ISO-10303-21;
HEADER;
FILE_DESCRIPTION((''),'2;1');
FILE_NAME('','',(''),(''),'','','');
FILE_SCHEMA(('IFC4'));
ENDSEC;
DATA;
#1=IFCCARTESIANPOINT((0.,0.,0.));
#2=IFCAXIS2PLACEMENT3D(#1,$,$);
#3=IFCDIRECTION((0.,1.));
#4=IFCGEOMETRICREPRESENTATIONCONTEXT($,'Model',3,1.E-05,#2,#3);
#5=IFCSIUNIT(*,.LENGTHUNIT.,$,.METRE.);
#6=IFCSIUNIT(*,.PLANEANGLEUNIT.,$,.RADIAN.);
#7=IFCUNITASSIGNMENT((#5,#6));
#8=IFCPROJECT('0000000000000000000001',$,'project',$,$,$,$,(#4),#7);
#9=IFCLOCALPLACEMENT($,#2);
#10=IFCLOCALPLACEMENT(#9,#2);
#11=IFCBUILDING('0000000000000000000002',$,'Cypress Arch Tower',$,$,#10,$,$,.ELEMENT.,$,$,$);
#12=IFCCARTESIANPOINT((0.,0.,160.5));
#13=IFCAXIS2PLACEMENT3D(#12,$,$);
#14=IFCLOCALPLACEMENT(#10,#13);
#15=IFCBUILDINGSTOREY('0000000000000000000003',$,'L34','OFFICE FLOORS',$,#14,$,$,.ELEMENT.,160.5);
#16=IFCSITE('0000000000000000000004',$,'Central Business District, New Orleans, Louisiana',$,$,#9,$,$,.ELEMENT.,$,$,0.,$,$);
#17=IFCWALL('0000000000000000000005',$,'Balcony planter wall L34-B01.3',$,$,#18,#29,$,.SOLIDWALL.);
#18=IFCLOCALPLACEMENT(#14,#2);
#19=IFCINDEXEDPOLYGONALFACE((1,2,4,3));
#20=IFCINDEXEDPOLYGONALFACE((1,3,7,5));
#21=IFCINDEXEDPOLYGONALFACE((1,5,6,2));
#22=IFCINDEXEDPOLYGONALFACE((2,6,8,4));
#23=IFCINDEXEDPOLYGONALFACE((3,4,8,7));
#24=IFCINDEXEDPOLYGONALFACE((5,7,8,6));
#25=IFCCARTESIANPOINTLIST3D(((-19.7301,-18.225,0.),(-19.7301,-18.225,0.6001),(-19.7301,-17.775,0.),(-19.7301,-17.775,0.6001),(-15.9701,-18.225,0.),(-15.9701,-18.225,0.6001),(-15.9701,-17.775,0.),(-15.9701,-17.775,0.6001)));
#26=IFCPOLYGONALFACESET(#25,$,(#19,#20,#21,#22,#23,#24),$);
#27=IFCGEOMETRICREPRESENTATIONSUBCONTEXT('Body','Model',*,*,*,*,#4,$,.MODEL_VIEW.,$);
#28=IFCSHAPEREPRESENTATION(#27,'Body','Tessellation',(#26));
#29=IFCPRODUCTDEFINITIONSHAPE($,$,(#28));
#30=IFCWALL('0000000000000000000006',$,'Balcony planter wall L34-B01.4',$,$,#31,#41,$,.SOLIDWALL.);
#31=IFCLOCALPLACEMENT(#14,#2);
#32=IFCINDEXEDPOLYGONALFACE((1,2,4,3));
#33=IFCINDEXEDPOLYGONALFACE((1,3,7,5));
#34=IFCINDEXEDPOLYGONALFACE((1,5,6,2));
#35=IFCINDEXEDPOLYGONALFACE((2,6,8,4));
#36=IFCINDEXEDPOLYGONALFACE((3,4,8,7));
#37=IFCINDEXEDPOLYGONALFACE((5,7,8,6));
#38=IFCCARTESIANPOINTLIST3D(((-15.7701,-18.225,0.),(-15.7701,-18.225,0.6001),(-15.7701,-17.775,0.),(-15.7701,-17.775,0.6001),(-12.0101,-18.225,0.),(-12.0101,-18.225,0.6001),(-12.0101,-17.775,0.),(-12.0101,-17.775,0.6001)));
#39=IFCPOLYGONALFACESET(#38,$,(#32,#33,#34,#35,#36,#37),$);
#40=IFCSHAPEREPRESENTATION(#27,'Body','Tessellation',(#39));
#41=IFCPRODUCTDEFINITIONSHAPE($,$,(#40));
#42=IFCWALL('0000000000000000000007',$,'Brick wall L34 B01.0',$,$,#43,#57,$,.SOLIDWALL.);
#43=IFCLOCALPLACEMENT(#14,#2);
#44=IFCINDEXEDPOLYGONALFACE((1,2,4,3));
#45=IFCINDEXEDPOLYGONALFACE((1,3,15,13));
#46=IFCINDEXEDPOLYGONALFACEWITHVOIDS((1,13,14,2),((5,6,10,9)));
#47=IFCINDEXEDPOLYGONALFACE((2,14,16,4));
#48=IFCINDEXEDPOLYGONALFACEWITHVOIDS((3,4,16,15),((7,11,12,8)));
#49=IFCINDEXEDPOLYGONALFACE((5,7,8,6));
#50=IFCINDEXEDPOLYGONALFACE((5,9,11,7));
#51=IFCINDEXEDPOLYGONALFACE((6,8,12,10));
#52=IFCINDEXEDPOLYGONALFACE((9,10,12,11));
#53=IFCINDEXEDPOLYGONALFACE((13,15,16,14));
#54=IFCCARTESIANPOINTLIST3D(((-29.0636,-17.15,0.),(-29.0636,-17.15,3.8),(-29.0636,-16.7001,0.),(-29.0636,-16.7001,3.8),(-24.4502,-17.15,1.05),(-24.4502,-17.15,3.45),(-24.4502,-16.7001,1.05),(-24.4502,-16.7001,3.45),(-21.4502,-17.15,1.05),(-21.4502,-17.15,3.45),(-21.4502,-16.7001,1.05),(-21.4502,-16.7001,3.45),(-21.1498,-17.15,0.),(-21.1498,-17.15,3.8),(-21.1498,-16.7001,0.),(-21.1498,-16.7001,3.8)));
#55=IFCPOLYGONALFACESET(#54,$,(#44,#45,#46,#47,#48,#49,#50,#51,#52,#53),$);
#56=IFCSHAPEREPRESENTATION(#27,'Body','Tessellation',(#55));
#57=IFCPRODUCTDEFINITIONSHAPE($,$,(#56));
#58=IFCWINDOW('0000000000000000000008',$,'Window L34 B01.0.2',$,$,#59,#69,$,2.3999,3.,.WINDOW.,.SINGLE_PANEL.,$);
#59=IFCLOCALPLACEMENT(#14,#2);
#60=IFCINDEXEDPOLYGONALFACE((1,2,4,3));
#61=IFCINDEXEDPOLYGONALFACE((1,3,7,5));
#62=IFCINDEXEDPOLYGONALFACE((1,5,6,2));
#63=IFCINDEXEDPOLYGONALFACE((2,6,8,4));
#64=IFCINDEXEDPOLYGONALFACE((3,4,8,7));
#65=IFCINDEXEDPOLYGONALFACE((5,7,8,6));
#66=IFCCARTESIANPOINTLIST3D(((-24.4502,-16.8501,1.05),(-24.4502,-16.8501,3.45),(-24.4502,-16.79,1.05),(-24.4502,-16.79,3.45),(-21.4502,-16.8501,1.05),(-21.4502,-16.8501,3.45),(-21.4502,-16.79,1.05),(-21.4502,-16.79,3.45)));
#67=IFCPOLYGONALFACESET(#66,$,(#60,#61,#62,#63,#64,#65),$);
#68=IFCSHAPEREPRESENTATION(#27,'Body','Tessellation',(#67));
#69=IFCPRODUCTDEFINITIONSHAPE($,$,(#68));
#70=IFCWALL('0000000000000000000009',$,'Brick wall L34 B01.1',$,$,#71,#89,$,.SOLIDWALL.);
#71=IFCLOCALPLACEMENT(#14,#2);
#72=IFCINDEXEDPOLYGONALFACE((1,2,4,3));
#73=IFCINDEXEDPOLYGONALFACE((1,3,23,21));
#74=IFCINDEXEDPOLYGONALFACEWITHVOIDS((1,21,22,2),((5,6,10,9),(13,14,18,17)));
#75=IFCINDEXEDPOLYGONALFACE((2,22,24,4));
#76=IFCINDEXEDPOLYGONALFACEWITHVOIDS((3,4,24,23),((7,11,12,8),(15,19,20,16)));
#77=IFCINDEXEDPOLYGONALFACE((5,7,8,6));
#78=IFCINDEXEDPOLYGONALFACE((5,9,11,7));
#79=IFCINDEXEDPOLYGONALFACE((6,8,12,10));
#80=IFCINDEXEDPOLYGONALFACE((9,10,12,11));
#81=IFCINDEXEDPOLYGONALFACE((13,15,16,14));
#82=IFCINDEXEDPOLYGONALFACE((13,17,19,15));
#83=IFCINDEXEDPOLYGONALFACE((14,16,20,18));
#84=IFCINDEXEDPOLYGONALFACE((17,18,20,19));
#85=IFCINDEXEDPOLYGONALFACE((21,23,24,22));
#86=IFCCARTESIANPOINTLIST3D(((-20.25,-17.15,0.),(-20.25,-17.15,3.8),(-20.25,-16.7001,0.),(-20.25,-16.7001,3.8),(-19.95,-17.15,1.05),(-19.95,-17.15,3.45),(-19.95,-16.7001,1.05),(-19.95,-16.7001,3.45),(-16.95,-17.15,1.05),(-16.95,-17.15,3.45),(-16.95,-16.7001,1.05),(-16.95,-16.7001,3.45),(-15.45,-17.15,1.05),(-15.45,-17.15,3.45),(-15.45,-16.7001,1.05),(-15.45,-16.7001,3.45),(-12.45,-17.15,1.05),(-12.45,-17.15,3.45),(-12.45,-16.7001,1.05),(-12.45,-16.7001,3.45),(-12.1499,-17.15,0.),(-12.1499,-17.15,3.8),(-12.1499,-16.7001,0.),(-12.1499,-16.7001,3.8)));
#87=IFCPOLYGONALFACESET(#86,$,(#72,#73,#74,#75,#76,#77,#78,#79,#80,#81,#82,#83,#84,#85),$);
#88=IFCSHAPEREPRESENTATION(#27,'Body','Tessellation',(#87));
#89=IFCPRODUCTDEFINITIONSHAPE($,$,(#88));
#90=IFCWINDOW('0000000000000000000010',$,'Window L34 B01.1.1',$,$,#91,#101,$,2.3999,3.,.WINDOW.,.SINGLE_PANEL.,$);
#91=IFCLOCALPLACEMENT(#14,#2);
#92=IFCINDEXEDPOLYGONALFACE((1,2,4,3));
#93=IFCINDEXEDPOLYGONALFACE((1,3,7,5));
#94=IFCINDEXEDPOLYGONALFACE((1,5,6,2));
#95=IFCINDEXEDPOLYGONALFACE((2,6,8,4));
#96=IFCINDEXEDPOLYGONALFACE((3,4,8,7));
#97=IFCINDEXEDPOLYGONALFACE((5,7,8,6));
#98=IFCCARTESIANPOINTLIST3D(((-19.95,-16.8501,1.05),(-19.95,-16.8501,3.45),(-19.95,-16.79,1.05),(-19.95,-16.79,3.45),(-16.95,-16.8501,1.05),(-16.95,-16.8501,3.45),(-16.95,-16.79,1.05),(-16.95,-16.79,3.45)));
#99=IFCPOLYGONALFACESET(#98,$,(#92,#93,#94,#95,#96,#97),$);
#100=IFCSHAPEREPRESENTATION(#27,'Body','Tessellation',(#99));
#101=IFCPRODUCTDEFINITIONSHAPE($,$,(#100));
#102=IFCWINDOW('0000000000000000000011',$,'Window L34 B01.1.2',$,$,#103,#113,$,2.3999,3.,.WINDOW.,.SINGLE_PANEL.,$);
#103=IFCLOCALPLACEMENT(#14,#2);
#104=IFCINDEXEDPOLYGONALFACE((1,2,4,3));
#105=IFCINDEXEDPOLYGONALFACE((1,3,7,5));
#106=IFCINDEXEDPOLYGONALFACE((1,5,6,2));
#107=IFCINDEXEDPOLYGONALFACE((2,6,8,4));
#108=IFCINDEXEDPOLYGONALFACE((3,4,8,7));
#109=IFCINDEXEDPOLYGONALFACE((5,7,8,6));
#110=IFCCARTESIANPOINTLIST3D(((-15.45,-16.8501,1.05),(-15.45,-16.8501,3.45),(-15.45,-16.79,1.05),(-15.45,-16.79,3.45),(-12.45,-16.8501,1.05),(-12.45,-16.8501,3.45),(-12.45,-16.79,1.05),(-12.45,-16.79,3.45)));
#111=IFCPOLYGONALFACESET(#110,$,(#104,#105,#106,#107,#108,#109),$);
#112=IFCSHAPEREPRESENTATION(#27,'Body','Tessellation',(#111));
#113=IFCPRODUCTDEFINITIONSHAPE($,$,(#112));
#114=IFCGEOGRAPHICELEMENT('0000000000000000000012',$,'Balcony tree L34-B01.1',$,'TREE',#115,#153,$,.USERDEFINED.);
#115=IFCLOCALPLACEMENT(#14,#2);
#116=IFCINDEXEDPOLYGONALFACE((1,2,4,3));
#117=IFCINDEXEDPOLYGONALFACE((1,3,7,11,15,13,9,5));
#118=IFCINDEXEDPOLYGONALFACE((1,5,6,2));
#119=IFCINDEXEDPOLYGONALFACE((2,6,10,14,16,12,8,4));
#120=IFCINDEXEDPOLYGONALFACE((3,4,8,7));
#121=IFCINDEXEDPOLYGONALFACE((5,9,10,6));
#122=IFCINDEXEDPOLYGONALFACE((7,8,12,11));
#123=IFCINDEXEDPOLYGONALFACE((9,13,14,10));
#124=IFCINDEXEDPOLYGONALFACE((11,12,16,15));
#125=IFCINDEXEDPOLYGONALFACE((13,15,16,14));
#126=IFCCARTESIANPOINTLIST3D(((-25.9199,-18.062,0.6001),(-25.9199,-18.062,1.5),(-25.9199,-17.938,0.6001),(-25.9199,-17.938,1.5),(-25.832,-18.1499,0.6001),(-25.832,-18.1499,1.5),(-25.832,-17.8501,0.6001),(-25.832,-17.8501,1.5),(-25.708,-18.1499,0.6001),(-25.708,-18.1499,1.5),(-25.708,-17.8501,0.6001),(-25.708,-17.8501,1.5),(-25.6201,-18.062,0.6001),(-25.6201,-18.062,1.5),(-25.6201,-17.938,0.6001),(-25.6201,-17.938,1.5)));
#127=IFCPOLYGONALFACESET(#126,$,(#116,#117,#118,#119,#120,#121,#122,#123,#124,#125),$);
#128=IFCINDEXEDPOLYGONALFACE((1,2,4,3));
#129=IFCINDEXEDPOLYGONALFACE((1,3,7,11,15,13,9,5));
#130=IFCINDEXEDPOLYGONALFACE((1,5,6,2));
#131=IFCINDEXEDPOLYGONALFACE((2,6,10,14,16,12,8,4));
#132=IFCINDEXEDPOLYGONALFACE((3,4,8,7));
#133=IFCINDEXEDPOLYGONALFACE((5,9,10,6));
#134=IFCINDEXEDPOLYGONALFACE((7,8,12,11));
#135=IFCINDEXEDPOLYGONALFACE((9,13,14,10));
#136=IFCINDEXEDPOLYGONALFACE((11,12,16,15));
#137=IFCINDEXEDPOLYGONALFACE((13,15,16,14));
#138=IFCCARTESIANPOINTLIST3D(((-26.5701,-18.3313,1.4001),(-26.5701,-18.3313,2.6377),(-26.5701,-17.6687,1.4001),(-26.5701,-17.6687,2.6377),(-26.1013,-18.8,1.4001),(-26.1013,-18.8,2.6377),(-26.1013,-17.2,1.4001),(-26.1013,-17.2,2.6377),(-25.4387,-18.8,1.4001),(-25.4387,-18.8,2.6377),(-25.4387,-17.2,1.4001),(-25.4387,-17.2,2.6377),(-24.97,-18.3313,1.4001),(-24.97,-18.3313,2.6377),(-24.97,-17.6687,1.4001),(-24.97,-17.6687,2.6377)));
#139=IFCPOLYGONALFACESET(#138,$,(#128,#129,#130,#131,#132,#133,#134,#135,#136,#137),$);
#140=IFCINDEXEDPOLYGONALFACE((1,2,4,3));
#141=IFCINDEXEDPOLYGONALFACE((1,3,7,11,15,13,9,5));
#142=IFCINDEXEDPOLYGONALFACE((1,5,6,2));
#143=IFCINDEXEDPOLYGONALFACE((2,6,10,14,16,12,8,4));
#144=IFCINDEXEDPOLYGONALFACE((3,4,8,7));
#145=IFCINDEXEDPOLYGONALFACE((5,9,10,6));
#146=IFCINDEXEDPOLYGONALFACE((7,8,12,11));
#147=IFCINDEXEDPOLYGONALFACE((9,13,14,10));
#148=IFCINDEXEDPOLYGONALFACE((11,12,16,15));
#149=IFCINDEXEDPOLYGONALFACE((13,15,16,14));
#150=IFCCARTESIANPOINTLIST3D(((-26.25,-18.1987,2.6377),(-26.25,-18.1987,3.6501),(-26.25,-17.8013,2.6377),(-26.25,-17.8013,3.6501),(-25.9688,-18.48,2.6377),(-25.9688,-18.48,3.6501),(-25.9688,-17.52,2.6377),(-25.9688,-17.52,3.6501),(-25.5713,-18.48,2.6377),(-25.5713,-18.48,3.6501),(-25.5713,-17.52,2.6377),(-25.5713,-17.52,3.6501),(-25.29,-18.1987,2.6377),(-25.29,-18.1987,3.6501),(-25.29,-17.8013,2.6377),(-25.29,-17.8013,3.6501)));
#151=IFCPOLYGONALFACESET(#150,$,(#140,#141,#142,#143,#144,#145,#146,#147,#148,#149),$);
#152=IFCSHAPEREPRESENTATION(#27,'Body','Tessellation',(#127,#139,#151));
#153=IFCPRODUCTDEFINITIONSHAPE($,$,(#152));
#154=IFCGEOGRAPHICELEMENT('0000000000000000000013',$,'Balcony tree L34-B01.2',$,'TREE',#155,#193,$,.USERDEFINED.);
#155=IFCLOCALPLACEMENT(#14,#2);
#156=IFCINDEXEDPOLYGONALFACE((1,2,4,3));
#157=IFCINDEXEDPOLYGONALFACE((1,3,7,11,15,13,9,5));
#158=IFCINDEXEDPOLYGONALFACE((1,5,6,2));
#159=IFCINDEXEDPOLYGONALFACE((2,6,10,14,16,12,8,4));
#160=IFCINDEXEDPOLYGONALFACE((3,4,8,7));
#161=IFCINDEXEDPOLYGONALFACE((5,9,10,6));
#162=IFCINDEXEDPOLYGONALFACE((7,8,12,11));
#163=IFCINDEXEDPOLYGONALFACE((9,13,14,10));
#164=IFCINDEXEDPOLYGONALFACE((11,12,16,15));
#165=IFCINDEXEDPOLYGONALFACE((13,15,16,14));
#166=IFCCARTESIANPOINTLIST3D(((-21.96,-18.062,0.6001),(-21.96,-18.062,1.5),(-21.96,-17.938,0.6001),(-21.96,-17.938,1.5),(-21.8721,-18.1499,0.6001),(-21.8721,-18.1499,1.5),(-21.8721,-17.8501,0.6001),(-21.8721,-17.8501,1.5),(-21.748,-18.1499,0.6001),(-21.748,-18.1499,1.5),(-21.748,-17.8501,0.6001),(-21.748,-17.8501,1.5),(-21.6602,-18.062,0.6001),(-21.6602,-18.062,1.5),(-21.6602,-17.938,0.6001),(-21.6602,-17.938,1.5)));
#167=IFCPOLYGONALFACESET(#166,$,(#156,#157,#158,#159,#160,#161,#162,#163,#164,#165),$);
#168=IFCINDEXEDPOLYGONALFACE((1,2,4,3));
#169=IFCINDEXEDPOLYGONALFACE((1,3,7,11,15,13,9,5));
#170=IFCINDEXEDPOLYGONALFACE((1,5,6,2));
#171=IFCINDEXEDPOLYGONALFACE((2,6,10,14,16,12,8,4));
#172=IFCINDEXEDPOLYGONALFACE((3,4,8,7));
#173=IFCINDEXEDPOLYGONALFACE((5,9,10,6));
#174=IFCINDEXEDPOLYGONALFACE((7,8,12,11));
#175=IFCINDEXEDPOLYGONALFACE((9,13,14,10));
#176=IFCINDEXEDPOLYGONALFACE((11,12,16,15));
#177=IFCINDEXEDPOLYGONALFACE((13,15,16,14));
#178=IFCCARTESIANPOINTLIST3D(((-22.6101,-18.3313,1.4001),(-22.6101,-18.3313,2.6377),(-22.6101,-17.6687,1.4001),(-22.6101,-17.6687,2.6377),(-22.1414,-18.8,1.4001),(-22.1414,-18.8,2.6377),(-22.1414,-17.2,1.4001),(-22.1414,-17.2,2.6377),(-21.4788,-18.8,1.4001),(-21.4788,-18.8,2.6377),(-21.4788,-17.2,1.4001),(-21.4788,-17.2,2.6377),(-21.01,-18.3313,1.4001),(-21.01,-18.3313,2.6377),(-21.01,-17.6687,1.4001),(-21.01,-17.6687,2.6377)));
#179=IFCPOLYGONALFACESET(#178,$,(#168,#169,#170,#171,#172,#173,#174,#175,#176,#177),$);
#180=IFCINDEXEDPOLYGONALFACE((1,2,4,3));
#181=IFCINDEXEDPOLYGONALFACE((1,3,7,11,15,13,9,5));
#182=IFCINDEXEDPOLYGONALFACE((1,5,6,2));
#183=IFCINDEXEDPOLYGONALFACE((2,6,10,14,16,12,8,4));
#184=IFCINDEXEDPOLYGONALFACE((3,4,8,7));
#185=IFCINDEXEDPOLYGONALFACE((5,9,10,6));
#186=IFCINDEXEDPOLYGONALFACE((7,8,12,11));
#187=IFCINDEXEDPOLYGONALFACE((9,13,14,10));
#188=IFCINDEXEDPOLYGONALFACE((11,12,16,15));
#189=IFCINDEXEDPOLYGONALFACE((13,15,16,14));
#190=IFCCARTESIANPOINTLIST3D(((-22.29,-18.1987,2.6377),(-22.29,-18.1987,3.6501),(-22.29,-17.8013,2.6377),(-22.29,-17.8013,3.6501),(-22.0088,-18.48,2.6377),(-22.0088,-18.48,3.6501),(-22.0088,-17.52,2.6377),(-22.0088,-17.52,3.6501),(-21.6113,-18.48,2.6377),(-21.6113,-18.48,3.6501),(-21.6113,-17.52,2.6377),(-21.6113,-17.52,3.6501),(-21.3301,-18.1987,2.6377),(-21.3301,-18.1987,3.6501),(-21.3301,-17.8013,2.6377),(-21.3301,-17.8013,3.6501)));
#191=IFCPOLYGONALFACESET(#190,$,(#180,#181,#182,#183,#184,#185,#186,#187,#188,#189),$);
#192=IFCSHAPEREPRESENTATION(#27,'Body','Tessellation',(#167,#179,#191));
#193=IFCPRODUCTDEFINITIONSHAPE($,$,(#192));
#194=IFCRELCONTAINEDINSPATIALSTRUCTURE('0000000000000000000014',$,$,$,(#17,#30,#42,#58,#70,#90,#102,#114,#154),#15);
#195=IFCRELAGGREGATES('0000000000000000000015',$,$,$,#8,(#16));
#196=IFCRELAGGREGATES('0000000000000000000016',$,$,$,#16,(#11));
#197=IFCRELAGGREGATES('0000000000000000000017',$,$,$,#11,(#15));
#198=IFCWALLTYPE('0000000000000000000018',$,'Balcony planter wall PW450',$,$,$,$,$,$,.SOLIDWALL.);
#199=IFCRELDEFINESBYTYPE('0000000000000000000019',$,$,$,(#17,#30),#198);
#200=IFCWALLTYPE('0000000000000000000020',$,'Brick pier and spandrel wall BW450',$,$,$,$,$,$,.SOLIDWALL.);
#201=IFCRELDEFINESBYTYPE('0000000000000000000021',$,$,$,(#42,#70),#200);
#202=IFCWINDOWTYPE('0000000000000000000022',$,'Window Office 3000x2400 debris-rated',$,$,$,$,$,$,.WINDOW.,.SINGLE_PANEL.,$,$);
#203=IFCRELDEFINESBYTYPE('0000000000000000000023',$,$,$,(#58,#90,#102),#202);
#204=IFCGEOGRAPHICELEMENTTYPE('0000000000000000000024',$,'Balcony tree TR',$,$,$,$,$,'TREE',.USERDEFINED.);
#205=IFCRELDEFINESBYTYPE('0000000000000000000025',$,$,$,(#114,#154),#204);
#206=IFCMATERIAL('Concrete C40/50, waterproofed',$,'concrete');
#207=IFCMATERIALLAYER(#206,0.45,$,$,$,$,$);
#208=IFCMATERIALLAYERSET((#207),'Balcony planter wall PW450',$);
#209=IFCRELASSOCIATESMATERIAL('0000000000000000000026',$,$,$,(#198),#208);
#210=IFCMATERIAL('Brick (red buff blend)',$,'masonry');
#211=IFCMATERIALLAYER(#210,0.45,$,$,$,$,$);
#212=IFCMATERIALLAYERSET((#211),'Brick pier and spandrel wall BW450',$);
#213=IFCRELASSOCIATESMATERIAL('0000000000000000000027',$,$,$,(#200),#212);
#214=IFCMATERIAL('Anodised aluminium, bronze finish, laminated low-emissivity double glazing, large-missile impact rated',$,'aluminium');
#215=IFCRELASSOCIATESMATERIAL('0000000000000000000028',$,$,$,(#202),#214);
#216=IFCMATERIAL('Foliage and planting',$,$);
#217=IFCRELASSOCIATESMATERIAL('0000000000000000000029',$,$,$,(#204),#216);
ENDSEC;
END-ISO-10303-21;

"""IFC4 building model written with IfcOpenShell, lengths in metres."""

from ifc_helpers import new_model, si_unit, direction, frame, frame_2d, origin, place, context, subcontext, project, spatial, polyline, rectangle, outline, extrude, material, layer, layer_set, type_object, element, fill, save


model = new_model("IFC4")

# Units and contexts
model_context = context("Model", 3, precision=1e-05, world=origin(), true_north=direction((0.0, 1.0)))
body_context = subcontext(model_context, "Body", "Model", "MODEL_VIEW")
ifc_project = project(units=[si_unit("LENGTHUNIT", "METRE"), si_unit("PLANEANGLEUNIT", "RADIAN")], contexts=[model_context])

# Site, building, storey
site_placement = place(None, origin())
site = spatial("IfcSite", under=ifc_project, at=site_placement, Name="Central Business District, New Orleans, Louisiana", CompositionType="ELEMENT", RefElevation=0.0)
building_placement = place(site_placement, origin())
building = spatial("IfcBuilding", under=site, at=building_placement, Name="Cypress Arch Tower", CompositionType="ELEMENT")
storey_placement = place(building_placement, frame((0.0, 0.0, 160.5)))
storey = spatial("IfcBuildingStorey", under=building, at=storey_placement, Name="L34", Description="OFFICE FLOORS", CompositionType="ELEMENT", Elevation=160.5)

# Walls
ifc_material_1 = material(Name="Concrete C40/50, waterproofed", Category="concrete")
ifc_layer_1 = layer(ifc_material_1, 0.45)
ifc_layer_set_1 = layer_set([ifc_layer_1], Name="Balcony planter wall PW450")
wall_type_1 = type_object("IfcWallType", Name="Balcony planter wall PW450", PredefinedType="SOLIDWALL", material=ifc_layer_set_1)
for number, where, z_axis, x_axis, name in (
    (1, (-19.73, -18.0, 0.0), (0.0, 0.0, 1.0), (1.0, 0.0, 0.0), "Balcony planter wall L34-B01.3"),
    (2, (-15.77, -18.0, 0.0), (0.0, 0.0, 1.0), (1.0, 0.0, 0.0), "Balcony planter wall L34-B01.4"),
):
    element("IfcWall", number, at=place(storey_placement, frame(where, z_axis=z_axis, x_axis=x_axis)), inside=storey, type_object=wall_type_1, Name=name, PredefinedType="SOLIDWALL", context=body_context, shape_type="SweptSolid", body=[
        extrude(rectangle(XDim=3.76, YDim=0.45, at=frame_2d((1.8799, 0.0))), origin(), (0.0, 0.0, 1.0), 0.6001),
    ])

# Wall, opening, window
ifc_material_2 = material(Name="Brick (red buff blend)", Category="masonry")
ifc_layer_2 = layer(ifc_material_2, 0.45)
ifc_layer_set_2 = layer_set([ifc_layer_2], Name="Brick pier and spandrel wall BW450")
wall_type_2 = type_object("IfcWallType", Name="Brick pier and spandrel wall BW450", PredefinedType="SOLIDWALL", material=ifc_layer_set_2)
wall_1_placement = place(storey_placement, frame((-29.0637, -16.925, 0.0), z_axis=(0.0, 0.0, 1.0), x_axis=(1.0, 0.0, 0.0)))
wall_1 = element("IfcWall", 3, at=wall_1_placement, inside=storey, type_object=wall_type_2, Name="Brick wall L34 B01.0", PredefinedType="SOLIDWALL", context=body_context, shape_type="SweptSolid", body=[
    extrude(rectangle(XDim=7.9138, YDim=0.45, at=frame_2d((3.957, 0.0))), origin(), (0.0, 0.0, 1.0), 3.8),
])
opening_1_placement = place(wall_1_placement, frame((4.6135, 0.0, 1.05)))
opening_1 = element("IfcOpeningElement", 4, at=opening_1_placement, cuts=wall_1, PredefinedType="OPENING", context=body_context, shape_type="SweptSolid", body=[
    extrude(rectangle(XDim=3.0, YDim=2.3999, at=frame_2d((1.5, 1.2))), frame((0.0, 0.2349, 0.0), z_axis=(0.0, -1.0, 0.0), x_axis=(1.0, 0.0, 0.0)), (0.0, 0.0, 1.0), 0.47),
])
ifc_material_3 = material(Name="Anodised aluminium, bronze finish, laminated low-emissivity double glazing, large-missile impact rated", Category="aluminium")
window_type = type_object("IfcWindowType", Name="Window Office 3000x2400 debris-rated", PartitioningType="SINGLE_PANEL", PredefinedType="WINDOW", material=ifc_material_3)
window_1_placement = place(opening_1_placement, origin())
window_1 = element("IfcWindow", 5, at=window_1_placement, inside=storey, type_object=window_type, Name="Window L34 B01.0.2", OverallHeight=2.3999, OverallWidth=3.0, PartitioningType="SINGLE_PANEL", PredefinedType="WINDOW", context=body_context, shape_type="SweptSolid", body=[
    extrude(rectangle(XDim=3.0, YDim=2.3999, at=frame_2d((1.5, 1.2))), frame((0.0, 0.135, 0.0), z_axis=(0.0, -1.0, 0.0), x_axis=(1.0, 0.0, 0.0)), (0.0, 0.0, 1.0), 0.0601),
])
fill(opening_1, window_1)

# Wall, openings, windows
wall_2_placement = place(storey_placement, frame((-20.25, -16.925, 0.0), z_axis=(0.0, 0.0, 1.0), x_axis=(1.0, 0.0, 0.0)))
wall_2 = element("IfcWall", 6, at=wall_2_placement, inside=storey, type_object=wall_type_2, Name="Brick wall L34 B01.1", PredefinedType="SOLIDWALL", context=body_context, shape_type="SweptSolid", body=[
    extrude(rectangle(XDim=8.1001, YDim=0.45, at=frame_2d((4.05, 0.0))), origin(), (0.0, 0.0, 1.0), 3.8),
])
opening_2_placement = place(wall_2_placement, frame((0.3, 0.0, 1.05)))
opening_2 = element("IfcOpeningElement", 7, at=opening_2_placement, cuts=wall_2, PredefinedType="OPENING", context=body_context, shape_type="SweptSolid", body=[
    extrude(rectangle(XDim=3.0, YDim=2.3999, at=frame_2d((1.5, 1.2))), frame((0.0, 0.2349, 0.0), z_axis=(0.0, -1.0, 0.0), x_axis=(1.0, 0.0, 0.0)), (0.0, 0.0, 1.0), 0.47),
])
opening_3_placement = place(wall_2_placement, frame((4.8, 0.0, 1.05)))
opening_3 = element("IfcOpeningElement", 8, at=opening_3_placement, cuts=wall_2, PredefinedType="OPENING", context=body_context, shape_type="SweptSolid", body=[
    extrude(rectangle(XDim=3.0, YDim=2.3999, at=frame_2d((1.5, 1.2))), frame((0.0, 0.2349, 0.0), z_axis=(0.0, -1.0, 0.0), x_axis=(1.0, 0.0, 0.0)), (0.0, 0.0, 1.0), 0.47),
])
window_2_placement = place(opening_2_placement, origin())
window_2 = element("IfcWindow", 9, at=window_2_placement, inside=storey, type_object=window_type, Name="Window L34 B01.1.1", OverallHeight=2.3999, OverallWidth=3.0, PartitioningType="SINGLE_PANEL", PredefinedType="WINDOW", context=body_context, shape_type="SweptSolid", body=[
    extrude(rectangle(XDim=3.0, YDim=2.3999, at=frame_2d((1.5, 1.2))), frame((0.0, 0.135, 0.0), z_axis=(0.0, -1.0, 0.0), x_axis=(1.0, 0.0, 0.0)), (0.0, 0.0, 1.0), 0.0601),
])
fill(opening_2, window_2)
window_3_placement = place(opening_3_placement, origin())
window_3 = element("IfcWindow", 10, at=window_3_placement, inside=storey, type_object=window_type, Name="Window L34 B01.1.2", OverallHeight=2.3999, OverallWidth=3.0, PartitioningType="SINGLE_PANEL", PredefinedType="WINDOW", context=body_context, shape_type="SweptSolid", body=[
    extrude(rectangle(XDim=3.0, YDim=2.3999, at=frame_2d((1.5, 1.2))), frame((0.0, 0.135, 0.0), z_axis=(0.0, -1.0, 0.0), x_axis=(1.0, 0.0, 0.0)), (0.0, 0.0, 1.0), 0.0601),
])
fill(opening_3, window_3)

# Geographic elements
ifc_material_4 = material(Name="Foliage and planting")
geographic_element_type = type_object("IfcGeographicElementType", Name="Balcony tree TR", ElementType="TREE", PredefinedType="USERDEFINED", material=ifc_material_4)
for number, where, z_axis, x_axis, name in (
    (11, (-25.77, -18.0, 0.6001), (0.0, 0.0, 1.0), (1.0, 0.0, 0.0), "Balcony tree L34-B01.1"),
    (12, (-21.8101, -18.0, 0.6001), (0.0, 0.0, 1.0), (1.0, 0.0, 0.0), "Balcony tree L34-B01.2"),
):
    element("IfcGeographicElement", number, at=place(storey_placement, frame(where, z_axis=z_axis, x_axis=x_axis)), inside=storey, type_object=geographic_element_type, Name=name, ObjectType="TREE", PredefinedType="USERDEFINED", context=body_context, shape_type="SweptSolid", body=[
        extrude(outline(polyline([(0.1499, 0.062), (0.062, 0.1499), (-0.062, 0.1499), (-0.1499, 0.062), (-0.1499, -0.062), (-0.062, -0.1499), (0.062, -0.1499), (0.1499, -0.062), (0.1499, 0.062)])), origin(), (0.0, 0.0, 1.0), 0.8999),
        extrude(outline(polyline([(0.8, 0.3313), (0.3313, 0.8), (-0.3313, 0.8), (-0.8, 0.3313), (-0.8, -0.3313), (-0.3313, -0.8), (0.3313, -0.8), (0.8, -0.3313), (0.8, 0.3313)])), frame((0.0, 0.0, 0.8)), (0.0, 0.0, 1.0), 1.2375),
        extrude(outline(polyline([(0.48, 0.1987), (0.1987, 0.48), (-0.1987, 0.48), (-0.48, 0.1987), (-0.48, -0.1987), (-0.1987, -0.48), (0.1987, -0.48), (0.48, -0.1987), (0.48, 0.1987)])), frame((0.0, 0.0, 2.0376)), (0.0, 0.0, 1.0), 1.0125),
    ])

save(model, "model.ifc")
